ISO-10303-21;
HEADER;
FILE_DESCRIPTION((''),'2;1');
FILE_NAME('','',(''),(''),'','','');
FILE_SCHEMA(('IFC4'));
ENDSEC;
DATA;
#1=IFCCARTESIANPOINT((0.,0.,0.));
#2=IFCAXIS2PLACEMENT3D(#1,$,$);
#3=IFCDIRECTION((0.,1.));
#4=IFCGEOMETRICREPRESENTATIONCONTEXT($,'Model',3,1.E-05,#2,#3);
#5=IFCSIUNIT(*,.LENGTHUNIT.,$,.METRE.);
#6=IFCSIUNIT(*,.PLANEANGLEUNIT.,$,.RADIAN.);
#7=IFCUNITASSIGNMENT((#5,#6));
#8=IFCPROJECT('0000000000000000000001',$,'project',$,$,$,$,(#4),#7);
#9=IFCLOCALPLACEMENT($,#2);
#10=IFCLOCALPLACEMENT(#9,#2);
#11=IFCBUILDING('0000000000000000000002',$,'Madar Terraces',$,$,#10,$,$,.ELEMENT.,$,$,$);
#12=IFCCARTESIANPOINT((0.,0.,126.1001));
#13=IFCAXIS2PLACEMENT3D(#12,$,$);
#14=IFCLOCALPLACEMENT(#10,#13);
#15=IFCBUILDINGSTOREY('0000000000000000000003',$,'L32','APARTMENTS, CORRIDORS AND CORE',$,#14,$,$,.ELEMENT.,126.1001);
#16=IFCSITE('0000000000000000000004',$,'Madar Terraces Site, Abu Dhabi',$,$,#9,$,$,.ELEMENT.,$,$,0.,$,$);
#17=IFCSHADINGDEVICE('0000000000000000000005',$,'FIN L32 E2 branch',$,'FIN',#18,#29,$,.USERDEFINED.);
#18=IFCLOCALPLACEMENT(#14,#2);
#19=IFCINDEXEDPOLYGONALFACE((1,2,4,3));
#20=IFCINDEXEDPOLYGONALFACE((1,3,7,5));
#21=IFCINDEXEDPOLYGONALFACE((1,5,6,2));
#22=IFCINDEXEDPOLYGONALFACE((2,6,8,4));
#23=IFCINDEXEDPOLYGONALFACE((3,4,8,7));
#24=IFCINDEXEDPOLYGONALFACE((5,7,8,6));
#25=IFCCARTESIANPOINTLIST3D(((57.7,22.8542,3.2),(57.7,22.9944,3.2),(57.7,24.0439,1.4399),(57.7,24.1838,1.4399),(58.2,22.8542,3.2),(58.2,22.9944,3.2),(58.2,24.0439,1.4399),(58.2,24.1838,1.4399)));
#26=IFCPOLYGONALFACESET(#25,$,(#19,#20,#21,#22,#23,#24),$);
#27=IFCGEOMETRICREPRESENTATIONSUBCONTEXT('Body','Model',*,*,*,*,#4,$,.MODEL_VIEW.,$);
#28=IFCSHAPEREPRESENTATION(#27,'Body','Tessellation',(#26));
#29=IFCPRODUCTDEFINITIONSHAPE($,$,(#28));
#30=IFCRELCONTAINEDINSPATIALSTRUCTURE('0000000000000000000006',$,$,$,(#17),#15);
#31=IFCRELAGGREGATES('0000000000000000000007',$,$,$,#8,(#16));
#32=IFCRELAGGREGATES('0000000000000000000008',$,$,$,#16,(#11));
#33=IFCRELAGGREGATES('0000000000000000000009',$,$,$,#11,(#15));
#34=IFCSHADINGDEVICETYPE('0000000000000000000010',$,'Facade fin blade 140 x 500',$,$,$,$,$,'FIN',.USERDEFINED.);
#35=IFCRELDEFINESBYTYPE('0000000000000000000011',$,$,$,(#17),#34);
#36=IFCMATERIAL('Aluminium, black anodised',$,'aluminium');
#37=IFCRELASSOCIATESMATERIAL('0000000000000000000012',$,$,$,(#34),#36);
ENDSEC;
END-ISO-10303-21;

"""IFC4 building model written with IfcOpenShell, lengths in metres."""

from ifc_helpers import new_model, si_unit, direction, frame, origin, place, context, subcontext, project, spatial, polyline, outline, extrude, material, type_object, element, save


model = new_model("IFC4")

# Units and contexts
model_context = context("Model", 3, precision=1e-05, world=origin(), true_north=direction((0.0, 1.0)))
body_context = subcontext(model_context, "Body", "Model", "MODEL_VIEW")
ifc_project = project(units=[si_unit("LENGTHUNIT", "METRE"), si_unit("PLANEANGLEUNIT", "RADIAN")], contexts=[model_context])

# Site, building, storey
site_placement = place(None, origin())
site = spatial("IfcSite", under=ifc_project, at=site_placement, Name="Madar Terraces Site, Abu Dhabi", CompositionType="ELEMENT", RefElevation=0.0)
building_placement = place(site_placement, origin())
building = spatial("IfcBuilding", under=site, at=building_placement, Name="Madar Terraces", CompositionType="ELEMENT")
storey_placement = place(building_placement, frame((0.0, 0.0, 126.1001)))
storey = spatial("IfcBuildingStorey", under=building, at=storey_placement, Name="L32", Description="APARTMENTS, CORRIDORS AND CORE", CompositionType="ELEMENT", Elevation=126.1001)

# Shading device
ifc_material_1 = material(Name="Aluminium, black anodised", Category="aluminium")
shading_device_type = type_object("IfcShadingDeviceType", Name="Facade fin blade 140 x 500", ElementType="FIN", PredefinedType="USERDEFINED", material=ifc_material_1)
shading_device_1_placement = place(storey_placement, frame((57.95, 24.0439, 1.4399), z_axis=(0.0, 0.0, 1.0), x_axis=(0.0, 1.0, 0.0)))
element("IfcShadingDevice", 1, at=shading_device_1_placement, inside=storey, type_object=shading_device_type, Name="FIN L32 E2 branch", ObjectType="FIN", PredefinedType="USERDEFINED", context=body_context, shape_type="SweptSolid", body=[
    extrude(outline(polyline([(0.0, 0.0), (0.1399, 0.0), (-1.0496, 1.76), (-1.1897, 1.76), (0.0, 0.0)])), frame((0.0, 0.25, 0.0), z_axis=(0.0, -1.0, 0.0), x_axis=(1.0, 0.0, 0.0)), (0.0, 0.0, 1.0), 0.5),
])

save(model, "model.ifc")
